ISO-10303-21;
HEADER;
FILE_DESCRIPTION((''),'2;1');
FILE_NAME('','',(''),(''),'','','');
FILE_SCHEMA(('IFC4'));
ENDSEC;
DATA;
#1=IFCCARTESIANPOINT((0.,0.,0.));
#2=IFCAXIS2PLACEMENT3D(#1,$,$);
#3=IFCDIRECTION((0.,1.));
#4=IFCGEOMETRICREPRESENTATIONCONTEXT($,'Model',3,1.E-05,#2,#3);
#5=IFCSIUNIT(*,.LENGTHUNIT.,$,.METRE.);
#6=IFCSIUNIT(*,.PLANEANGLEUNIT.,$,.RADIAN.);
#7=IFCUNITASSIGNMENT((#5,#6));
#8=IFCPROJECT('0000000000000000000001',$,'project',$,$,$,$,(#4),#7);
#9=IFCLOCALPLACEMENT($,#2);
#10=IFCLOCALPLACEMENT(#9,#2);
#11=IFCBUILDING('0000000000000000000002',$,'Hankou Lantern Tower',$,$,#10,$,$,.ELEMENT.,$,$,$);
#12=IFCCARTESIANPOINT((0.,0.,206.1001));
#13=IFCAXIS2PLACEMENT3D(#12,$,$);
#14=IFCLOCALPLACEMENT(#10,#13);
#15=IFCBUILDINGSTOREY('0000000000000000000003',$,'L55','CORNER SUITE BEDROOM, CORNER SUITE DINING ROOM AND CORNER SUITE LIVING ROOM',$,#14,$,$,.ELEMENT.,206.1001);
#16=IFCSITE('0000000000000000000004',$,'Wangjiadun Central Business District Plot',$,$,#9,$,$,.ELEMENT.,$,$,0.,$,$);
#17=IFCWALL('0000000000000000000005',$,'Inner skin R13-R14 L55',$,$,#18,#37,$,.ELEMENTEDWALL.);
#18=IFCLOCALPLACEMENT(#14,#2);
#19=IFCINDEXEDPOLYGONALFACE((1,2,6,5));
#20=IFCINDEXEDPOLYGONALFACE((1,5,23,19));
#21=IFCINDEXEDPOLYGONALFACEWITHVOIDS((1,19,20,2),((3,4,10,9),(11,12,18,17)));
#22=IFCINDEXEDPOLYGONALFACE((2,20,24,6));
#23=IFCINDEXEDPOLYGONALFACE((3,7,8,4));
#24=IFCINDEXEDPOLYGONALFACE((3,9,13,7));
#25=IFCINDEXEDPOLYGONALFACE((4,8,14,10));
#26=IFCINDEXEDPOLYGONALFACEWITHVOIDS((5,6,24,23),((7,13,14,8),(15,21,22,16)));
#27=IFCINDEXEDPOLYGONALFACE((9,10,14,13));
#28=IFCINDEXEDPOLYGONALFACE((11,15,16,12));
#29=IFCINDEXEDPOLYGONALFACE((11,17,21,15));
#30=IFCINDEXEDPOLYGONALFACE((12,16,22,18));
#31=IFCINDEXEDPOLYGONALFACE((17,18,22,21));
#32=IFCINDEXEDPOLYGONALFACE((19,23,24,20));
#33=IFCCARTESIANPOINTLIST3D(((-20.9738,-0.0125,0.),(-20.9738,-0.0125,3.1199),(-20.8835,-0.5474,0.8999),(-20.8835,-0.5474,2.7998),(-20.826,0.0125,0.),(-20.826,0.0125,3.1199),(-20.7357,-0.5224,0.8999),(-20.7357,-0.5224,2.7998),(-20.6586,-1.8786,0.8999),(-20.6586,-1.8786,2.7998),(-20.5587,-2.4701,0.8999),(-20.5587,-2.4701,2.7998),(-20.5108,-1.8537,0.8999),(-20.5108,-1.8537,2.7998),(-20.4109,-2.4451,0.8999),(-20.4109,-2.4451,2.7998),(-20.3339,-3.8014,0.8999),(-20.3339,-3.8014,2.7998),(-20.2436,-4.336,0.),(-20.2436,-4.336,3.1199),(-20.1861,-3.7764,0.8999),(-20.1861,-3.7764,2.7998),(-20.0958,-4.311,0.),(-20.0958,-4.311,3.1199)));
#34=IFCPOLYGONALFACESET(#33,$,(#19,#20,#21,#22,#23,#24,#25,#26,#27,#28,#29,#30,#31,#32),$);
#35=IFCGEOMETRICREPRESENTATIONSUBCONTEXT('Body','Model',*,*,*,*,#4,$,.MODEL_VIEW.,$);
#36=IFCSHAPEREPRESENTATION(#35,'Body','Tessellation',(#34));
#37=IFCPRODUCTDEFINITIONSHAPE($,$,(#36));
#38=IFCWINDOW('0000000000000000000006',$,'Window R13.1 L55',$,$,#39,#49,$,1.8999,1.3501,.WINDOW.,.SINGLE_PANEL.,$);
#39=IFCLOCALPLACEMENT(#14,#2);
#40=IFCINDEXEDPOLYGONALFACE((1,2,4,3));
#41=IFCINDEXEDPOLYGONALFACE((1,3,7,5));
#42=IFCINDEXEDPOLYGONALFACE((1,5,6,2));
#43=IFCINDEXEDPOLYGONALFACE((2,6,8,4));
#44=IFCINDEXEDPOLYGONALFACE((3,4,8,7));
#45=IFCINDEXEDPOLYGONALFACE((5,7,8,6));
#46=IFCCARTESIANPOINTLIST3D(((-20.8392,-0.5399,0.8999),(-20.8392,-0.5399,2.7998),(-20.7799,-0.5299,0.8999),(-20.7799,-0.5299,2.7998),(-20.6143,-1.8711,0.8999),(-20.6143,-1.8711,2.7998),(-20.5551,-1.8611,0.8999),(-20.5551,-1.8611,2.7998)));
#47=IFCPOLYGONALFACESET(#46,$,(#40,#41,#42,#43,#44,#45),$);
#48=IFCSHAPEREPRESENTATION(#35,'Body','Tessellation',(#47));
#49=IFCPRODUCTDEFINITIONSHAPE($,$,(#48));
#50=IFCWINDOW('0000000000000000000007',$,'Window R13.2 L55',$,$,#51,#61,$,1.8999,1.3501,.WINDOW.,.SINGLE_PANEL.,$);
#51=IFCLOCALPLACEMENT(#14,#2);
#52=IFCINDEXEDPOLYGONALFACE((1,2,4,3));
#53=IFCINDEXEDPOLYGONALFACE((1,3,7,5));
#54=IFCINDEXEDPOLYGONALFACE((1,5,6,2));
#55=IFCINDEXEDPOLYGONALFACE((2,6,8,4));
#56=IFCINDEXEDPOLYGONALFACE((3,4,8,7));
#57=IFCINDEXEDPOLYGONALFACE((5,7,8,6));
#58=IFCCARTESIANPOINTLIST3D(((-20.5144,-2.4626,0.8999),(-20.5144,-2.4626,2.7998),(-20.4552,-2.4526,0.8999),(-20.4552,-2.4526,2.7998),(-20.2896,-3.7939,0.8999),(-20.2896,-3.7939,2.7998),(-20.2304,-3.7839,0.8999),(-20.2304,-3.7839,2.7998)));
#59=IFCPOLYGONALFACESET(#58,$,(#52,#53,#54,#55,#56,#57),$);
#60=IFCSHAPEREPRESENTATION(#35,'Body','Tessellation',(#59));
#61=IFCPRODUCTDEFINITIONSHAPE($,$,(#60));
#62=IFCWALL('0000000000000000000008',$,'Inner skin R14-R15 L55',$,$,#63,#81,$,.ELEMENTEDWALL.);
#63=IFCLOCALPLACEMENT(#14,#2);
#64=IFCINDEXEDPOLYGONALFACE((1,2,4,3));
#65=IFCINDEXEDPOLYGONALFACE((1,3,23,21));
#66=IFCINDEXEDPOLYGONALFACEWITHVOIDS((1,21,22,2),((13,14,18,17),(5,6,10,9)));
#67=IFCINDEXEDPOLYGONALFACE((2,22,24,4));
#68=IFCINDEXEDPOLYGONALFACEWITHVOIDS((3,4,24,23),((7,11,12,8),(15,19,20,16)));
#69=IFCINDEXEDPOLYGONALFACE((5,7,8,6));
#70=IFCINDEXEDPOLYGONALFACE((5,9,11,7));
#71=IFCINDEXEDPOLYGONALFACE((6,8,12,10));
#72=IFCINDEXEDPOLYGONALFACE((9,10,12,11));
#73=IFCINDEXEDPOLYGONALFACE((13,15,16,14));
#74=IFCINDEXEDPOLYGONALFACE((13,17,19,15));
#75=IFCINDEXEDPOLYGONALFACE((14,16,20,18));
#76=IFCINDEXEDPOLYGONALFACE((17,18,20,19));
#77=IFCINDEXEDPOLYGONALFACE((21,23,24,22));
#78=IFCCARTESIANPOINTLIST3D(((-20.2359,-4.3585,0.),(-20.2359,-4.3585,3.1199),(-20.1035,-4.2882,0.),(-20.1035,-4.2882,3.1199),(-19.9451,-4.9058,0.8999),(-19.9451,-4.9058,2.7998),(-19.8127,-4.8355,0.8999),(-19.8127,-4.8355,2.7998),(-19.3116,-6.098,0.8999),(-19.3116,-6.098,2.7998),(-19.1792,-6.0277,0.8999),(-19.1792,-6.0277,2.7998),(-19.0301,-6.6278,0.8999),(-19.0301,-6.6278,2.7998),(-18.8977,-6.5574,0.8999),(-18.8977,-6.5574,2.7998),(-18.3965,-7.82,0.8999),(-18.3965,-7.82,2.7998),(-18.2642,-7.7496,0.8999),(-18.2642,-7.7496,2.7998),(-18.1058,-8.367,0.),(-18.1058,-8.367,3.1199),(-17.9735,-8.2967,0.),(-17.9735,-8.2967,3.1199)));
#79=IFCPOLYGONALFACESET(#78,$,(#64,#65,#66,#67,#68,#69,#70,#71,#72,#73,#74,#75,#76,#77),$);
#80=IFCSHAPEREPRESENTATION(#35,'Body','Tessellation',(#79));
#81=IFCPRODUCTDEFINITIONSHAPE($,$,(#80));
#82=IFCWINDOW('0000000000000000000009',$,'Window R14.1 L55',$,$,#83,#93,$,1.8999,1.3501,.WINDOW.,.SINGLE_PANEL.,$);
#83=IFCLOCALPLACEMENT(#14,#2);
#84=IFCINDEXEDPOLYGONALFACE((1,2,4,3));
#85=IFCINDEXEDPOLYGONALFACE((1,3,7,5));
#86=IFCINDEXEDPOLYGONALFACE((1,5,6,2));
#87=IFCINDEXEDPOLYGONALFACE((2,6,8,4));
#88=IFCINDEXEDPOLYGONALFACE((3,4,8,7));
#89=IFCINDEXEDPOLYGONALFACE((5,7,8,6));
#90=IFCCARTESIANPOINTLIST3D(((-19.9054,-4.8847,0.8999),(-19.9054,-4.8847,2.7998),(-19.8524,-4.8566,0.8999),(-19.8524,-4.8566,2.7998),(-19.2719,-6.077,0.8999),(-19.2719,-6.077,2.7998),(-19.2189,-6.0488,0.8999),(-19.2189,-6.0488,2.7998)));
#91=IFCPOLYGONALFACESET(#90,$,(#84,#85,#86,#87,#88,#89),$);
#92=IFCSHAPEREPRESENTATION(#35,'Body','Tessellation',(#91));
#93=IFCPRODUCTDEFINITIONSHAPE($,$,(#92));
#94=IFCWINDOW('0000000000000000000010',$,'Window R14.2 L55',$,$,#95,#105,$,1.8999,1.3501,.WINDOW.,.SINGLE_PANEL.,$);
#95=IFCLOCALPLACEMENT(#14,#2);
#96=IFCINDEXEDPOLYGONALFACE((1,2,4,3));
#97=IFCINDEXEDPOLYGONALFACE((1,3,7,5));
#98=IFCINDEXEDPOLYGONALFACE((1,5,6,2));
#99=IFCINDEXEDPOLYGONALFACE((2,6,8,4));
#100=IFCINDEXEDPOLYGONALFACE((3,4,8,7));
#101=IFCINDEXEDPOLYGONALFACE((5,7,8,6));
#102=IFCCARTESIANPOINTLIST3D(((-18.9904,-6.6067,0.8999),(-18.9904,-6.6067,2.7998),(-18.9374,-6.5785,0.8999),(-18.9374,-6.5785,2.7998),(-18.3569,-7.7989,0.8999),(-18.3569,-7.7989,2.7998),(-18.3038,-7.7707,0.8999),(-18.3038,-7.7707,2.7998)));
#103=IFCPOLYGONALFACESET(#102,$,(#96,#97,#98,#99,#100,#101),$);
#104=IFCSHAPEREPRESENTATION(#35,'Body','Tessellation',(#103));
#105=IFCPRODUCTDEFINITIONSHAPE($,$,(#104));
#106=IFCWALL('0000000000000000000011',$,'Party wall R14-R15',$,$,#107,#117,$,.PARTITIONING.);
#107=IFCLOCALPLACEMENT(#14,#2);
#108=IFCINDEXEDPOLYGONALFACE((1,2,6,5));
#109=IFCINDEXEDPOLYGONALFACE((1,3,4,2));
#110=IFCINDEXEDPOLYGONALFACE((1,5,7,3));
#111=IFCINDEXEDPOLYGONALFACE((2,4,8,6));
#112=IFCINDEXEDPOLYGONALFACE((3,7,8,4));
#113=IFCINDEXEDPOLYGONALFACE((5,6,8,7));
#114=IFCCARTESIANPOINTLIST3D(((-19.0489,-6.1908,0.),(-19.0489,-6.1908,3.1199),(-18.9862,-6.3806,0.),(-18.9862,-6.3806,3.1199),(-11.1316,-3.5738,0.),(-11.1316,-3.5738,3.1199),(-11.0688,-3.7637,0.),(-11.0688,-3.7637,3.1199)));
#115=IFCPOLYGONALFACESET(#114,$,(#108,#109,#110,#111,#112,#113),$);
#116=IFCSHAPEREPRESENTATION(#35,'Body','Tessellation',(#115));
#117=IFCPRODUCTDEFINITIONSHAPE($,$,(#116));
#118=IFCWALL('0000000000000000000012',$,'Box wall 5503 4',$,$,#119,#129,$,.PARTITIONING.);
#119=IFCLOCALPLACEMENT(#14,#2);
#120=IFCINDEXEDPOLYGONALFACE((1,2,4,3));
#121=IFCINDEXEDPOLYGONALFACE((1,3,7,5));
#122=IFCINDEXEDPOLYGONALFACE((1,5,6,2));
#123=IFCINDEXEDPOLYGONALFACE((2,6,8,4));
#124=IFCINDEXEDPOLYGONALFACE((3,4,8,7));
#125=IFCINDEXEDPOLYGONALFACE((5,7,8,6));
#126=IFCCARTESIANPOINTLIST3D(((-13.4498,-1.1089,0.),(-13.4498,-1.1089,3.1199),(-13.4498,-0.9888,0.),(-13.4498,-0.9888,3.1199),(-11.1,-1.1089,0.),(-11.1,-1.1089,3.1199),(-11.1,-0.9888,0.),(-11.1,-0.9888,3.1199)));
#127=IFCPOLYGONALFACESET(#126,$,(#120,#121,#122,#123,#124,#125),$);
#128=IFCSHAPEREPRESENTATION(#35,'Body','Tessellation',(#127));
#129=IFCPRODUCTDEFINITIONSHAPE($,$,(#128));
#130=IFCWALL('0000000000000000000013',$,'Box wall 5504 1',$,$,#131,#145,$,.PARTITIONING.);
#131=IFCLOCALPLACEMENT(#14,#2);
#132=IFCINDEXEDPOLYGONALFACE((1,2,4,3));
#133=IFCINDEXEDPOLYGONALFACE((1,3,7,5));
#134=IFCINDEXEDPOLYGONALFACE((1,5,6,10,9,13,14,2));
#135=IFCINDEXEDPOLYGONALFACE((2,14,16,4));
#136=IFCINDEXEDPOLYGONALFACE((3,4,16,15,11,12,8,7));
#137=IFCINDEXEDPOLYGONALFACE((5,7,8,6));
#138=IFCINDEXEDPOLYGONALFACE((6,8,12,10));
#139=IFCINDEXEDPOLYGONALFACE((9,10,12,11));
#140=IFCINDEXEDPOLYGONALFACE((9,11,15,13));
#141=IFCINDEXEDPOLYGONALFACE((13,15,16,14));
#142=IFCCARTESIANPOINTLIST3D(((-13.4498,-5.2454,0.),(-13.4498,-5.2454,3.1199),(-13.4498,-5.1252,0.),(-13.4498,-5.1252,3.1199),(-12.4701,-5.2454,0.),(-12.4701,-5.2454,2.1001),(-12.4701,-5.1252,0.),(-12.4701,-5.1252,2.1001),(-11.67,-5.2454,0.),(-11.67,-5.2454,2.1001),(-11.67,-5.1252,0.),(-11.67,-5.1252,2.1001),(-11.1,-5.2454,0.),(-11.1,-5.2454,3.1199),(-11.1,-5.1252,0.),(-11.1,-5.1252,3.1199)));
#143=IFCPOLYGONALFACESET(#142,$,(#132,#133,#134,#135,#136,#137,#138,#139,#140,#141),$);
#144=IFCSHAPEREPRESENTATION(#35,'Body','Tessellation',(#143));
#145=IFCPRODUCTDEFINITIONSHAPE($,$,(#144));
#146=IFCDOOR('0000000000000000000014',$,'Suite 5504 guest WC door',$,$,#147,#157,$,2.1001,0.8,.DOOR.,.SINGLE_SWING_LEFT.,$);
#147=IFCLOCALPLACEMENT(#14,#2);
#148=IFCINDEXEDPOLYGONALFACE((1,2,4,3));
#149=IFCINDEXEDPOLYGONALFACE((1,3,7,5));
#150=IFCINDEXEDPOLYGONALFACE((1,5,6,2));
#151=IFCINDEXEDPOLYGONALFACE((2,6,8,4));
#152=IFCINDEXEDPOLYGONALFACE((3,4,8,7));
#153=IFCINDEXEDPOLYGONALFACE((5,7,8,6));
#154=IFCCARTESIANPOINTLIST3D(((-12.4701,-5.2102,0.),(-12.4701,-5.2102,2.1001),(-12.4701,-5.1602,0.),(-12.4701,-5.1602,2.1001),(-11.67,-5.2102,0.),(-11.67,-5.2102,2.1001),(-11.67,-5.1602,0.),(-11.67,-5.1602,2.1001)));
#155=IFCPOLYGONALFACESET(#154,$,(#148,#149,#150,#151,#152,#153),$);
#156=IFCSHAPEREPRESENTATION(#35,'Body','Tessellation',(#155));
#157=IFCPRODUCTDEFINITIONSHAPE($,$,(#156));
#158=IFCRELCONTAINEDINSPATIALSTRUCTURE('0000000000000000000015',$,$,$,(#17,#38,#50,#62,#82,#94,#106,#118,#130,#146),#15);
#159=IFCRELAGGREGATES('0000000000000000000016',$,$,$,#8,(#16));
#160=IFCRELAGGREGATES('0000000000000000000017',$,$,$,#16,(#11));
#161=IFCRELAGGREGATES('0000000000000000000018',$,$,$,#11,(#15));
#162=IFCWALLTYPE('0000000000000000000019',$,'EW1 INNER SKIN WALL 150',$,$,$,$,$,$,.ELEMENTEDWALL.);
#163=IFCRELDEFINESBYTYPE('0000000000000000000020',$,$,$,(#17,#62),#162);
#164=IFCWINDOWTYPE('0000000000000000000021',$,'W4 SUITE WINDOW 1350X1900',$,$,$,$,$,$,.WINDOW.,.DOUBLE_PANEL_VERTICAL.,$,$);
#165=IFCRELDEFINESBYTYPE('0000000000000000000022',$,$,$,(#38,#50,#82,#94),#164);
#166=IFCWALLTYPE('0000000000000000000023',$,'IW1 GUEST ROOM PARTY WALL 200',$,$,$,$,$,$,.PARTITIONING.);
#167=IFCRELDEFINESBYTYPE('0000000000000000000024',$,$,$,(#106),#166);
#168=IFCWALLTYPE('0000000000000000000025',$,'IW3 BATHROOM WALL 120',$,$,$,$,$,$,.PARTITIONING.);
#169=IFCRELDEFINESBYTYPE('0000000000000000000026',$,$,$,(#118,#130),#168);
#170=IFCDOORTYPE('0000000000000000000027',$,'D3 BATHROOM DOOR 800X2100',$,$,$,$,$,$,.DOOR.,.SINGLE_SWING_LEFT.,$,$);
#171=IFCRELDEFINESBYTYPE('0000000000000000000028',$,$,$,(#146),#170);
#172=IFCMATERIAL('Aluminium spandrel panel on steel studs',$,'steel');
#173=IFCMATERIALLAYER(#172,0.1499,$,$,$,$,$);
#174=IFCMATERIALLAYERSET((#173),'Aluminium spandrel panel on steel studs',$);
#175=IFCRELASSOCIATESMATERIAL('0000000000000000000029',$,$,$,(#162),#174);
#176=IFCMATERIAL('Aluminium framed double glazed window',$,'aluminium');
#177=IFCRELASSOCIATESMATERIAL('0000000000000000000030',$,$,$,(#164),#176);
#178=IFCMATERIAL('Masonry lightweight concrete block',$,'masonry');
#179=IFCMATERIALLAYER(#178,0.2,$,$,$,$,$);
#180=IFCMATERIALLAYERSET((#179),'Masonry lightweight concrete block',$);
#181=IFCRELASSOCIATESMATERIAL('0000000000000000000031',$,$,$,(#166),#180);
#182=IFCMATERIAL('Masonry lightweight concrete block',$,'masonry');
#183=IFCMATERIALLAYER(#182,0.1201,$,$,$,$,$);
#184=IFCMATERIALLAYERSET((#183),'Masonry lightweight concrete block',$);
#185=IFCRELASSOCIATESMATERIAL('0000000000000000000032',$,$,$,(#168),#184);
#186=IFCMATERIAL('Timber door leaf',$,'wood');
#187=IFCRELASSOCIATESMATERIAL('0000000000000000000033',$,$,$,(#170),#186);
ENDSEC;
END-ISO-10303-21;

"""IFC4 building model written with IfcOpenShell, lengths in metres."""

from ifc_helpers import new_model, si_unit, direction, frame, frame_2d, origin, place, context, subcontext, project, spatial, rectangle, extrude, material, layer, layer_set, type_object, element, fill, save


model = new_model("IFC4")

# Units and contexts
model_context = context("Model", 3, precision=1e-05, world=origin(), true_north=direction((0.0, 1.0)))
body_context = subcontext(model_context, "Body", "Model", "MODEL_VIEW")
ifc_project = project(units=[si_unit("LENGTHUNIT", "METRE"), si_unit("PLANEANGLEUNIT", "RADIAN")], contexts=[model_context])

# Site, building, storey
site_placement = place(None, origin())
site = spatial("IfcSite", under=ifc_project, at=site_placement, Name="Wangjiadun Central Business District Plot", CompositionType="ELEMENT", RefElevation=0.0)
building_placement = place(site_placement, origin())
building = spatial("IfcBuilding", under=site, at=building_placement, Name="Hankou Lantern Tower", CompositionType="ELEMENT")
storey_placement = place(building_placement, frame((0.0, 0.0, 206.1001)))
storey = spatial("IfcBuildingStorey", under=building, at=storey_placement, Name="L55", Description="CORNER SUITE BEDROOM, CORNER SUITE DINING ROOM AND CORNER SUITE LIVING ROOM", CompositionType="ELEMENT", Elevation=206.1001)

# Walls, openings, windows
ifc_material_1 = material(Name="Aluminium spandrel panel on steel studs", Category="steel")
ifc_layer_1 = layer(ifc_material_1, 0.1499)
ifc_layer_set_1 = layer_set([ifc_layer_1], Name="Aluminium spandrel panel on steel studs")
wall_type_1 = type_object("IfcWallType", Name="EW1 INNER SKIN WALL 150", PredefinedType="ELEMENTEDWALL", material=ifc_layer_set_1)
wall_1_placement = place(storey_placement, frame((-20.8999, 0.0, 0.0), z_axis=(0.0, 0.0, 1.0), x_axis=(0.166539, -0.986035, 0.0)))
wall_1 = element("IfcWall", 1, at=wall_1_placement, inside=storey, type_object=wall_type_1, Name="Inner skin R13-R14 L55", PredefinedType="ELEMENTEDWALL", context=body_context, shape_type="SweptSolid", body=[
    extrude(rectangle(XDim=4.3848, YDim=0.1499, at=frame_2d((2.1924, 0.0))), origin(), (0.0, 0.0, 1.0), 3.1199),
])
opening_1_placement = place(wall_1_placement, frame((0.5425, 0.0, 0.8999)))
opening_1 = element("IfcOpeningElement", 2, at=opening_1_placement, cuts=wall_1, PredefinedType="OPENING", context=body_context, shape_type="SweptSolid", body=[
    extrude(rectangle(XDim=1.3501, YDim=1.8999, at=frame_2d((0.675, 0.95))), frame((0.0, 0.085, 0.0), z_axis=(0.0, -1.0, 0.0), x_axis=(1.0, 0.0, 0.0)), (0.0, 0.0, 1.0), 0.1699),
])
opening_2_placement = place(wall_1_placement, frame((2.4924, 0.0, 0.8999)))
opening_2 = element("IfcOpeningElement", 3, at=opening_2_placement, cuts=wall_1, PredefinedType="OPENING", context=body_context, shape_type="SweptSolid", body=[
    extrude(rectangle(XDim=1.3501, YDim=1.8999, at=frame_2d((0.675, 0.95))), frame((0.0, 0.085, 0.0), z_axis=(0.0, -1.0, 0.0), x_axis=(1.0, 0.0, 0.0)), (0.0, 0.0, 1.0), 0.1699),
])
ifc_material_2 = material(Name="Aluminium framed double glazed window", Category="aluminium")
window_type = type_object("IfcWindowType", Name="W4 SUITE WINDOW 1350X1900", PartitioningType="DOUBLE_PANEL_VERTICAL", PredefinedType="WINDOW", material=ifc_material_2)
window_1_placement = place(opening_1_placement, origin())
window_1 = element("IfcWindow", 4, at=window_1_placement, inside=storey, type_object=window_type, Name="Window R13.1 L55", OverallHeight=1.8999, OverallWidth=1.3501, PartitioningType="SINGLE_PANEL", PredefinedType="WINDOW", context=body_context, shape_type="SweptSolid", body=[
    extrude(rectangle(XDim=1.3501, YDim=1.8999, at=frame_2d((0.675, 0.95))), frame((0.0, 0.03, 0.0), z_axis=(0.0, -1.0, 0.0), x_axis=(1.0, 0.0, 0.0)), (0.0, 0.0, 1.0), 0.0601),
])
fill(opening_1, window_1)
window_2_placement = place(opening_2_placement, origin())
window_2 = element("IfcWindow", 5, at=window_2_placement, inside=storey, type_object=window_type, Name="Window R13.2 L55", OverallHeight=1.8999, OverallWidth=1.3501, PartitioningType="SINGLE_PANEL", PredefinedType="WINDOW", context=body_context, shape_type="SweptSolid", body=[
    extrude(rectangle(XDim=1.3501, YDim=1.8999, at=frame_2d((0.675, 0.95))), frame((0.0, 0.03, 0.0), z_axis=(0.0, -1.0, 0.0), x_axis=(1.0, 0.0, 0.0)), (0.0, 0.0, 1.0), 0.0601),
])
fill(opening_2, window_2)
wall_2_placement = place(storey_placement, frame((-20.1697, -4.3235, 0.0), z_axis=(0.0, 0.0, 1.0), x_axis=(0.469256, -0.883062, 0.0)))
wall_2 = element("IfcWall", 6, at=wall_2_placement, inside=storey, type_object=wall_type_1, Name="Inner skin R14-R15 L55", PredefinedType="ELEMENTEDWALL", context=body_context, shape_type="SweptSolid", body=[
    extrude(rectangle(XDim=4.5393, YDim=0.1499, at=frame_2d((2.2695, 0.0))), origin(), (0.0, 0.0, 1.0), 3.1199),
])
opening_3_placement = place(wall_2_placement, frame((0.6196, 0.0, 0.8999)))
opening_3 = element("IfcOpeningElement", 7, at=opening_3_placement, cuts=wall_2, PredefinedType="OPENING", context=body_context, shape_type="SweptSolid", body=[
    extrude(rectangle(XDim=1.3501, YDim=1.8999, at=frame_2d((0.675, 0.95))), frame((0.0, 0.085, 0.0), z_axis=(0.0, -1.0, 0.0), x_axis=(1.0, 0.0, 0.0)), (0.0, 0.0, 1.0), 0.1699),
])
opening_4_placement = place(wall_2_placement, frame((2.5696, 0.0, 0.8999)))
opening_4 = element("IfcOpeningElement", 8, at=opening_4_placement, cuts=wall_2, PredefinedType="OPENING", context=body_context, shape_type="SweptSolid", body=[
    extrude(rectangle(XDim=1.3501, YDim=1.8999, at=frame_2d((0.675, 0.95))), frame((0.0, 0.085, 0.0), z_axis=(0.0, -1.0, 0.0), x_axis=(1.0, 0.0, 0.0)), (0.0, 0.0, 1.0), 0.1699),
])
window_3_placement = place(opening_3_placement, origin())
window_3 = element("IfcWindow", 9, at=window_3_placement, inside=storey, type_object=window_type, Name="Window R14.1 L55", OverallHeight=1.8999, OverallWidth=1.3501, PartitioningType="SINGLE_PANEL", PredefinedType="WINDOW", context=body_context, shape_type="SweptSolid", body=[
    extrude(rectangle(XDim=1.3501, YDim=1.8999, at=frame_2d((0.675, 0.95))), frame((0.0, 0.03, 0.0), z_axis=(0.0, -1.0, 0.0), x_axis=(1.0, 0.0, 0.0)), (0.0, 0.0, 1.0), 0.0601),
])
fill(opening_3, window_3)
window_4_placement = place(opening_4_placement, origin())
window_4 = element("IfcWindow", 10, at=window_4_placement, inside=storey, type_object=window_type, Name="Window R14.2 L55", OverallHeight=1.8999, OverallWidth=1.3501, PartitioningType="SINGLE_PANEL", PredefinedType="WINDOW", context=body_context, shape_type="SweptSolid", body=[
    extrude(rectangle(XDim=1.3501, YDim=1.8999, at=frame_2d((0.675, 0.95))), frame((0.0, 0.03, 0.0), z_axis=(0.0, -1.0, 0.0), x_axis=(1.0, 0.0, 0.0)), (0.0, 0.0, 1.0), 0.0601),
])
fill(opening_4, window_4)

# Walls
ifc_material_3 = material(Name="Masonry lightweight concrete block", Category="masonry")
ifc_layer_2 = layer(ifc_material_3, 0.2)
ifc_layer_set_2 = layer_set([ifc_layer_2], Name="Masonry lightweight concrete block")
wall_type_2 = type_object("IfcWallType", Name="IW1 GUEST ROOM PARTY WALL 200", PredefinedType="PARTITIONING", material=ifc_layer_set_2)
wall_3_placement = place(storey_placement, frame((-11.1001, -3.6687, 0.0), z_axis=(0.0, 0.0, 1.0), x_axis=(-0.949477, -0.313838, 0.0)))
element("IfcWall", 11, at=wall_3_placement, inside=storey, type_object=wall_type_2, Name="Party wall R14-R15", PredefinedType="PARTITIONING", context=body_context, shape_type="SweptSolid", body=[
    extrude(rectangle(XDim=8.3386, YDim=0.2, at=frame_2d((4.1694, 0.0))), origin(), (0.0, 0.0, 1.0), 3.1199),
])
ifc_material_4 = material(Name="Masonry lightweight concrete block", Category="masonry")
ifc_layer_3 = layer(ifc_material_4, 0.1201)
ifc_layer_set_3 = layer_set([ifc_layer_3], Name="Masonry lightweight concrete block")
wall_type_3 = type_object("IfcWallType", Name="IW3 BATHROOM WALL 120", PredefinedType="PARTITIONING", material=ifc_layer_set_3)
wall_4_placement = place(storey_placement, frame((-11.1001, -1.0488, 0.0), z_axis=(0.0, 0.0, 1.0), x_axis=(-1.0, 0.0, 0.0)))
element("IfcWall", 12, at=wall_4_placement, inside=storey, type_object=wall_type_3, Name="Box wall 5503 4", PredefinedType="PARTITIONING", context=body_context, shape_type="SweptSolid", body=[
    extrude(rectangle(XDim=2.3499, YDim=0.1201, at=frame_2d((1.1748, 0.0))), origin(), (0.0, 0.0, 1.0), 3.1199),
])

# Wall, opening, door
wall_5_placement = place(storey_placement, frame((-11.1001, -5.1853, 0.0), z_axis=(0.0, 0.0, 1.0), x_axis=(-1.0, 0.0, 0.0)))
wall_5 = element("IfcWall", 13, at=wall_5_placement, inside=storey, type_object=wall_type_3, Name="Box wall 5504 1", PredefinedType="PARTITIONING", context=body_context, shape_type="SweptSolid", body=[
    extrude(rectangle(XDim=2.3499, YDim=0.1201, at=frame_2d((1.1748, 0.0))), origin(), (0.0, 0.0, 1.0), 3.1199),
])
opening_5_placement = place(wall_5_placement, frame((0.5701, 0.0, 0.0)))
opening_5 = element("IfcOpeningElement", 14, at=opening_5_placement, cuts=wall_5, PredefinedType="OPENING", context=body_context, shape_type="SweptSolid", body=[
    extrude(rectangle(XDim=0.8, YDim=2.1001, at=frame_2d((0.3999, 1.05))), frame((0.0, 0.0701, 0.0), z_axis=(0.0, -1.0, 0.0), x_axis=(1.0, 0.0, 0.0)), (0.0, 0.0, 1.0), 0.1401),
])
ifc_material_5 = material(Name="Timber door leaf", Category="wood")
door_type_1 = type_object("IfcDoorType", Name="D3 BATHROOM DOOR 800X2100", OperationType="SINGLE_SWING_LEFT", PredefinedType="DOOR", material=ifc_material_5)
door_1_placement = place(opening_5_placement, origin())
door_1 = element("IfcDoor", 15, at=door_1_placement, inside=storey, type_object=door_type_1, Name="Suite 5504 guest WC door", OperationType="SINGLE_SWING_LEFT", OverallHeight=2.1001, OverallWidth=0.8, PredefinedType="DOOR", context=body_context, shape_type="SweptSolid", body=[
    extrude(rectangle(XDim=0.8, YDim=2.1001, at=frame_2d((0.3999, 1.05))), frame((0.0, 0.0249, 0.0), z_axis=(0.0, -1.0, 0.0), x_axis=(1.0, 0.0, 0.0)), (0.0, 0.0, 1.0), 0.05),
])
fill(opening_5, door_1)

save(model, "model.ifc")
